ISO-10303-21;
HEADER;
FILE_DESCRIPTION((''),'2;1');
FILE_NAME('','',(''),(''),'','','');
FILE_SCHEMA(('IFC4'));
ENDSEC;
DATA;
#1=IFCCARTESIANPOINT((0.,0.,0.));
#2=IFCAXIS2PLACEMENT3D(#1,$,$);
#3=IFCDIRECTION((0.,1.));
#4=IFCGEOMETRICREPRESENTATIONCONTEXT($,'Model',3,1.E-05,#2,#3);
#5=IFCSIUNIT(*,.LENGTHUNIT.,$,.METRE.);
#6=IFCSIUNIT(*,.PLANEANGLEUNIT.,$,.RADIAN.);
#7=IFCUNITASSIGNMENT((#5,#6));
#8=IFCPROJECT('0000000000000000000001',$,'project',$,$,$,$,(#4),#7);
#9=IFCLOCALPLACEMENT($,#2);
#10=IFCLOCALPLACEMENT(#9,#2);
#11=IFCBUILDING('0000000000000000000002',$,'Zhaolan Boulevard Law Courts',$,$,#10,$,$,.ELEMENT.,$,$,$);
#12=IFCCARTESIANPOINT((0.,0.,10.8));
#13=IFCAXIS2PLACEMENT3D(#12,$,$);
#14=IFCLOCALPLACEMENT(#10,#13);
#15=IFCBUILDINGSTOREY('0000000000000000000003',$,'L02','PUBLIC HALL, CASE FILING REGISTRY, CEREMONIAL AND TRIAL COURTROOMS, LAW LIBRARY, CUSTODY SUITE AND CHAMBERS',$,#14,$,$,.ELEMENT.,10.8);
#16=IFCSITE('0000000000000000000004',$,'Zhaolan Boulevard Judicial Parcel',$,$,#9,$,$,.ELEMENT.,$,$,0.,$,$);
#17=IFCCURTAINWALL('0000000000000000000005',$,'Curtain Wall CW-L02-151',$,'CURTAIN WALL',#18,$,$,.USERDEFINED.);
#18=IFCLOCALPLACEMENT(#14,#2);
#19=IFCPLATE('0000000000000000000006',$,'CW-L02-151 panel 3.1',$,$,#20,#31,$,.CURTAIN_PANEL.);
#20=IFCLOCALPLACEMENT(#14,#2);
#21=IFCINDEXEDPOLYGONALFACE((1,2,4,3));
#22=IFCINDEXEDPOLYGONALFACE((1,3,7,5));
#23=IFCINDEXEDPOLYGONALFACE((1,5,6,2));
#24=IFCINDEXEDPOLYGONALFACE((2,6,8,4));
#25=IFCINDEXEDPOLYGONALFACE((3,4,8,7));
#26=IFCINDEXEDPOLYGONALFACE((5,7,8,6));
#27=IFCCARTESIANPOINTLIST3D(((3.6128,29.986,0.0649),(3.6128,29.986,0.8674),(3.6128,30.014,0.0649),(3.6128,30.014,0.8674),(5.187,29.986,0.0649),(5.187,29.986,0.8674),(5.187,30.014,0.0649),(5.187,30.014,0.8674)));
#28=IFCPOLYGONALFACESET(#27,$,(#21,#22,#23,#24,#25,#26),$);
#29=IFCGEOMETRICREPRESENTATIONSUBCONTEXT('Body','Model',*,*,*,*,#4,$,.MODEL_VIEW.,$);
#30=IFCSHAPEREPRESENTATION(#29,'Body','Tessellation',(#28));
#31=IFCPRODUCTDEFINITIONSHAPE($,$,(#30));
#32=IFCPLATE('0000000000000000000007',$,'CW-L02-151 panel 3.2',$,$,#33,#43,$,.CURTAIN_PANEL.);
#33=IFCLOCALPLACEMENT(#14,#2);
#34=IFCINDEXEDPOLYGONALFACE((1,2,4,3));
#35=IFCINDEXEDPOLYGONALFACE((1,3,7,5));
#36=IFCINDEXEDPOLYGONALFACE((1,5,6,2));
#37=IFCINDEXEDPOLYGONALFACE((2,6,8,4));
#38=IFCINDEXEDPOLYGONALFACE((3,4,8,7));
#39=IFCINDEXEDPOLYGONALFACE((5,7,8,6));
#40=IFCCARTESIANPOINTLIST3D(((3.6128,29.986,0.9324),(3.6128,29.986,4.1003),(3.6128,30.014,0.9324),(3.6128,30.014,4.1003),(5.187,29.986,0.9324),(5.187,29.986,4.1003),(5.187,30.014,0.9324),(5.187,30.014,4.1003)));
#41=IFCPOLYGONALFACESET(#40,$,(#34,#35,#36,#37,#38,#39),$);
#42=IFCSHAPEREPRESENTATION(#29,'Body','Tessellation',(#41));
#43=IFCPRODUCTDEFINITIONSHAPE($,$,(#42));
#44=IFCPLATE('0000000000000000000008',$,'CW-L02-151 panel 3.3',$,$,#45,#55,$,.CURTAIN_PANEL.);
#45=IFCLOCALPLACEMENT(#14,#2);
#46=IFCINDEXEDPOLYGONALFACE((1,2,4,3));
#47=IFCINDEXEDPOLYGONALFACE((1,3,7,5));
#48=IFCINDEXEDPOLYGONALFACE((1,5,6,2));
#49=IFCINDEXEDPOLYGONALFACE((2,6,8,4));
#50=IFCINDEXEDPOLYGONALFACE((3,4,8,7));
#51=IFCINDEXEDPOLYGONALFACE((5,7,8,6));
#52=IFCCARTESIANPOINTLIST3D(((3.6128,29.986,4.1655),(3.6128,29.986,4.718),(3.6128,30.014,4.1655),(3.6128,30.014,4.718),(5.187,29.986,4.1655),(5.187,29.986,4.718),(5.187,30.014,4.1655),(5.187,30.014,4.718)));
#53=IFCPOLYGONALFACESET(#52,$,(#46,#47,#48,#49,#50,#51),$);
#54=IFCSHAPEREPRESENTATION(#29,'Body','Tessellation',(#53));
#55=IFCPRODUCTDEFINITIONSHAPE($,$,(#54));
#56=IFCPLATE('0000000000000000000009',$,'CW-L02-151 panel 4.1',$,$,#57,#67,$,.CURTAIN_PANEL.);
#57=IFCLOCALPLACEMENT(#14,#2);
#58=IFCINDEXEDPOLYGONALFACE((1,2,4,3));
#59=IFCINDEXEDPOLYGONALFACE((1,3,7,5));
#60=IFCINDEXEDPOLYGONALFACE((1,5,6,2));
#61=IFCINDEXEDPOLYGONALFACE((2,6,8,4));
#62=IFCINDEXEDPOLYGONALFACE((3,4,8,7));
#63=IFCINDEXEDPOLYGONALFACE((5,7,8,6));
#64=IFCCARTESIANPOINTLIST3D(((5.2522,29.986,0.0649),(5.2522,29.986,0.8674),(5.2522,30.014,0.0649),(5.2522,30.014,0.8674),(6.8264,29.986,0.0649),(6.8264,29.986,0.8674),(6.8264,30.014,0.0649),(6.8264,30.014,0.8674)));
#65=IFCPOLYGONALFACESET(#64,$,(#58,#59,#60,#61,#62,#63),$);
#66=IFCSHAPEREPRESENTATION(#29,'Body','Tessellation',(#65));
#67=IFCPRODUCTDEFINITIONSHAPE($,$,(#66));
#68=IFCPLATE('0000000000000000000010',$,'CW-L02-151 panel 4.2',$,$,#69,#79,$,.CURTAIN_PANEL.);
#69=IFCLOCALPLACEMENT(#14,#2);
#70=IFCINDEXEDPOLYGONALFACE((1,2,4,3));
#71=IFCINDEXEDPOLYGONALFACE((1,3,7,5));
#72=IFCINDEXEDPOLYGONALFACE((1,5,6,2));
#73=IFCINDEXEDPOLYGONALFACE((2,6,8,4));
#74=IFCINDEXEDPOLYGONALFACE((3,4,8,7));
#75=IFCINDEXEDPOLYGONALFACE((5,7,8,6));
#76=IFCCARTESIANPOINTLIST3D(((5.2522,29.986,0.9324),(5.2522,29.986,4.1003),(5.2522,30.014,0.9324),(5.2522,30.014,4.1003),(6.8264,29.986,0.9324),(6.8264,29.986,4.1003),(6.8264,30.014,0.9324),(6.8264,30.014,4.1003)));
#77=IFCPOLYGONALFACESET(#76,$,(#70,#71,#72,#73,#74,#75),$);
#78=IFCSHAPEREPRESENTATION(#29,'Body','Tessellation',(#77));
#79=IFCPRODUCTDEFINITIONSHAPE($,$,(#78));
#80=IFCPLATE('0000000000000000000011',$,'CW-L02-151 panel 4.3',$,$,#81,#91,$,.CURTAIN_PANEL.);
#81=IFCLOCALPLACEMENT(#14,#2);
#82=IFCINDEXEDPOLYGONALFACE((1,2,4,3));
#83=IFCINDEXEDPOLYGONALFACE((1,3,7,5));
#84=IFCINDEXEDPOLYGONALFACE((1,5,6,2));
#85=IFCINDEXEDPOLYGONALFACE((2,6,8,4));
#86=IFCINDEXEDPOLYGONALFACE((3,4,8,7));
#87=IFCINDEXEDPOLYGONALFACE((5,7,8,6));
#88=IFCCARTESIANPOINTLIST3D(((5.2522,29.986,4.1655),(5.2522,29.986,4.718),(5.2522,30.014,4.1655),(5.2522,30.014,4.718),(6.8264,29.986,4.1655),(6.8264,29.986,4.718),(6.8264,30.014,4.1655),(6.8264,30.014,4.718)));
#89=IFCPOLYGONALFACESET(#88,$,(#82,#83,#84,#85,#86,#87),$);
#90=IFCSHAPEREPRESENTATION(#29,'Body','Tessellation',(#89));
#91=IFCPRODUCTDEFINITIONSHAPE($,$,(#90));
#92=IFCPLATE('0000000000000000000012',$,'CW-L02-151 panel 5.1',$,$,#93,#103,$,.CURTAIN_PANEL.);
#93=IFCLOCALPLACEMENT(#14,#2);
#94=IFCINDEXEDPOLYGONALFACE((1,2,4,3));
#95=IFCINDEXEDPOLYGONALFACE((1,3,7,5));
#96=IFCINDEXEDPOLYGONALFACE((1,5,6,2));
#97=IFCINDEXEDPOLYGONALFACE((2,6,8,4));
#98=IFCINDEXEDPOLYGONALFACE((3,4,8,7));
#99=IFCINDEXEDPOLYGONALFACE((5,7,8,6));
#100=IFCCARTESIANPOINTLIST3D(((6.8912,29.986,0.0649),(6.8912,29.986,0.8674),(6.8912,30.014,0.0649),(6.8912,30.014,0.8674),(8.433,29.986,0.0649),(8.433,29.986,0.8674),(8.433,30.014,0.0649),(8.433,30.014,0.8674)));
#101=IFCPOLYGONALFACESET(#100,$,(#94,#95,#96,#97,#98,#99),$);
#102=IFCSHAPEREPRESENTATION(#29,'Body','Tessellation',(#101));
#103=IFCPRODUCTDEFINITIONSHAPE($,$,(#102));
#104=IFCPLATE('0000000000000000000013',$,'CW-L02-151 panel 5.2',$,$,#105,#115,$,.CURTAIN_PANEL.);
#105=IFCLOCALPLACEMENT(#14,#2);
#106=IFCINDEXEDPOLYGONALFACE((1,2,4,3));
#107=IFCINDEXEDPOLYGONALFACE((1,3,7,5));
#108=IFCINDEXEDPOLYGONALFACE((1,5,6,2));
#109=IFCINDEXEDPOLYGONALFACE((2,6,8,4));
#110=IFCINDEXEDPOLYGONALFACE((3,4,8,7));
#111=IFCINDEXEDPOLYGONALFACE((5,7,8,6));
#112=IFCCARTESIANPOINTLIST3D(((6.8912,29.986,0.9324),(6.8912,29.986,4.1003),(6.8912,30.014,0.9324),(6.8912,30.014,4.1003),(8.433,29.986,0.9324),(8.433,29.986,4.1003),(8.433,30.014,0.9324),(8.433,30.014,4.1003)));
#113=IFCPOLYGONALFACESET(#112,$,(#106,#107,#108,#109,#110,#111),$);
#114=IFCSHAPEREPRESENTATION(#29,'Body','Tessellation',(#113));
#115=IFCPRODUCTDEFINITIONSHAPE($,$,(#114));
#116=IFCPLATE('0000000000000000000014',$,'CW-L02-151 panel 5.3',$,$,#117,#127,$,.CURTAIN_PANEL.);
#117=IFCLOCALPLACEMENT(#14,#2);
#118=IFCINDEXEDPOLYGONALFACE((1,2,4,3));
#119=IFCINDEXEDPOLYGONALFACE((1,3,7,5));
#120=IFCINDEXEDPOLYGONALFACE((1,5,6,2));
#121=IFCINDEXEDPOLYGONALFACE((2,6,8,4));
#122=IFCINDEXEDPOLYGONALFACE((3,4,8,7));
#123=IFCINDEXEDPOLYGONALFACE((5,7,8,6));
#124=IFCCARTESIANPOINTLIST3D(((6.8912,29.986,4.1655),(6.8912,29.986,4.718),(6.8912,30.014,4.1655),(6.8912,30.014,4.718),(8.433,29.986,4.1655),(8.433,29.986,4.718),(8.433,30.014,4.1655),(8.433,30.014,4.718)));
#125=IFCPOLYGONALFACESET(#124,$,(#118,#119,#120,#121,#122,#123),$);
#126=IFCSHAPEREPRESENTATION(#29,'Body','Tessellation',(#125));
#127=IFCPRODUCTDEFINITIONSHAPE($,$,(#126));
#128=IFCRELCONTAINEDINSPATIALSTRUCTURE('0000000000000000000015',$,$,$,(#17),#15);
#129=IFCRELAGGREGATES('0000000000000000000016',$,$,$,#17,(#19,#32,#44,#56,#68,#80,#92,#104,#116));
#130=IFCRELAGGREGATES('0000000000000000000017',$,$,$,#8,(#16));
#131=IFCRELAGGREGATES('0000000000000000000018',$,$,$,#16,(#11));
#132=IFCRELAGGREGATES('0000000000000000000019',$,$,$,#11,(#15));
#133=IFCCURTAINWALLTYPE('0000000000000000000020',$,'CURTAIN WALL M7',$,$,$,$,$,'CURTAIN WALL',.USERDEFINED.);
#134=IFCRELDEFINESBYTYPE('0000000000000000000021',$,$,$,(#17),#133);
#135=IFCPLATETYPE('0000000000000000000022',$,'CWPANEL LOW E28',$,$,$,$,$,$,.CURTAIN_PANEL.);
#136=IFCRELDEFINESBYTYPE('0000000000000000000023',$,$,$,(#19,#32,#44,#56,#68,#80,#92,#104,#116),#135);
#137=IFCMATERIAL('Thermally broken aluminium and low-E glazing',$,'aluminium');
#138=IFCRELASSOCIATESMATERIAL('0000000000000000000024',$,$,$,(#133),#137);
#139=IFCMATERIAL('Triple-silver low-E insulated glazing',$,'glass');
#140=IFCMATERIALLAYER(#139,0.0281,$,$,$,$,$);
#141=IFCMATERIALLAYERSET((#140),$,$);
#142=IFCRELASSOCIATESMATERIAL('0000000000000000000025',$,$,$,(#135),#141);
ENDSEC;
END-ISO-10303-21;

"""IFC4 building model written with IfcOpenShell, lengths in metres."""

from ifc_helpers import new_model, si_unit, direction, frame, origin, origin_2d, place, context, subcontext, project, spatial, rectangle, extrude, material, layer, layer_set, type_object, element, aggregate, save


model = new_model("IFC4")

# Units and contexts
model_context = context("Model", 3, precision=1e-05, world=origin(), true_north=direction((0.0, 1.0)))
body_context = subcontext(model_context, "Body", "Model", "MODEL_VIEW")
ifc_project = project(units=[si_unit("LENGTHUNIT", "METRE"), si_unit("PLANEANGLEUNIT", "RADIAN")], contexts=[model_context])

# Site, building, storey
site_placement = place(None, origin())
site = spatial("IfcSite", under=ifc_project, at=site_placement, Name="Zhaolan Boulevard Judicial Parcel", CompositionType="ELEMENT", RefElevation=0.0)
building_placement = place(site_placement, origin())
building = spatial("IfcBuilding", under=site, at=building_placement, Name="Zhaolan Boulevard Law Courts", CompositionType="ELEMENT")
storey_placement = place(building_placement, frame((0.0, 0.0, 10.8)))
storey = spatial("IfcBuildingStorey", under=building, at=storey_placement, Name="L02", Description="PUBLIC HALL, CASE FILING REGISTRY, CEREMONIAL AND TRIAL COURTROOMS, LAW LIBRARY, CUSTODY SUITE AND CHAMBERS", CompositionType="ELEMENT", Elevation=10.8)

# Curtain wall, plates
ifc_material_1 = material(Name="Thermally broken aluminium and low-E glazing", Category="aluminium")
curtain_wall_type = type_object("IfcCurtainWallType", Name="CURTAIN WALL M7", ElementType="CURTAIN WALL", PredefinedType="USERDEFINED", material=ifc_material_1)
curtain_wall_placement = place(storey_placement, origin())
curtain_wall = element("IfcCurtainWall", 1, at=curtain_wall_placement, inside=storey, type_object=curtain_wall_type, Name="Curtain Wall CW-L02-151", ObjectType="CURTAIN WALL", PredefinedType="USERDEFINED")
ifc_material_2 = material(Name="Triple-silver low-E insulated glazing", Category="glass")
ifc_layer = layer(ifc_material_2, 0.0281)
ifc_layer_set = layer_set([ifc_layer])
plate_type = type_object("IfcPlateType", Name="CWPANEL LOW E28", PredefinedType="CURTAIN_PANEL", material=ifc_layer_set)
plate_1_placement = place(storey_placement, frame((4.3999, 30.0, 0.0649), z_axis=(0.0, 0.0, 1.0), x_axis=(1.0, 0.0, 0.0)))
plate_1 = element("IfcPlate", 2, at=plate_1_placement, type_object=plate_type, Name="CW-L02-151 panel 3.1", PredefinedType="CURTAIN_PANEL", context=body_context, shape_type="SweptSolid", body=[
    extrude(rectangle(XDim=1.5742, YDim=0.0281, at=origin_2d()), origin(), (0.0, 0.0, 1.0), 0.8025),
])
plate_2_placement = place(storey_placement, frame((4.3999, 30.0, 0.9324), z_axis=(0.0, 0.0, 1.0), x_axis=(1.0, 0.0, 0.0)))
plate_2 = element("IfcPlate", 3, at=plate_2_placement, type_object=plate_type, Name="CW-L02-151 panel 3.2", PredefinedType="CURTAIN_PANEL", context=body_context, shape_type="SweptSolid", body=[
    extrude(rectangle(XDim=1.5742, YDim=0.0281, at=origin_2d()), origin(), (0.0, 0.0, 1.0), 3.168),
])
plate_3_placement = place(storey_placement, frame((4.3999, 30.0, 4.1655), z_axis=(0.0, 0.0, 1.0), x_axis=(1.0, 0.0, 0.0)))
plate_3 = element("IfcPlate", 4, at=plate_3_placement, type_object=plate_type, Name="CW-L02-151 panel 3.3", PredefinedType="CURTAIN_PANEL", context=body_context, shape_type="SweptSolid", body=[
    extrude(rectangle(XDim=1.5742, YDim=0.0281, at=origin_2d()), origin(), (0.0, 0.0, 1.0), 0.5525),
])
plate_4_placement = place(storey_placement, frame((6.0393, 30.0, 0.0649), z_axis=(0.0, 0.0, 1.0), x_axis=(1.0, 0.0, 0.0)))
plate_4 = element("IfcPlate", 5, at=plate_4_placement, type_object=plate_type, Name="CW-L02-151 panel 4.1", PredefinedType="CURTAIN_PANEL", context=body_context, shape_type="SweptSolid", body=[
    extrude(rectangle(XDim=1.5742, YDim=0.0281, at=origin_2d()), origin(), (0.0, 0.0, 1.0), 0.8025),
])
plate_5_placement = place(storey_placement, frame((6.0393, 30.0, 0.9324), z_axis=(0.0, 0.0, 1.0), x_axis=(1.0, 0.0, 0.0)))
plate_5 = element("IfcPlate", 6, at=plate_5_placement, type_object=plate_type, Name="CW-L02-151 panel 4.2", PredefinedType="CURTAIN_PANEL", context=body_context, shape_type="SweptSolid", body=[
    extrude(rectangle(XDim=1.5742, YDim=0.0281, at=origin_2d()), origin(), (0.0, 0.0, 1.0), 3.168),
])
plate_6_placement = place(storey_placement, frame((6.0393, 30.0, 4.1655), z_axis=(0.0, 0.0, 1.0), x_axis=(1.0, 0.0, 0.0)))
plate_6 = element("IfcPlate", 7, at=plate_6_placement, type_object=plate_type, Name="CW-L02-151 panel 4.3", PredefinedType="CURTAIN_PANEL", context=body_context, shape_type="SweptSolid", body=[
    extrude(rectangle(XDim=1.5742, YDim=0.0281, at=origin_2d()), origin(), (0.0, 0.0, 1.0), 0.5525),
])
plate_7_placement = place(storey_placement, frame((7.6621, 30.0, 0.0649), z_axis=(0.0, 0.0, 1.0), x_axis=(1.0, 0.0, 0.0)))
plate_7 = element("IfcPlate", 8, at=plate_7_placement, type_object=plate_type, Name="CW-L02-151 panel 5.1", PredefinedType="CURTAIN_PANEL", context=body_context, shape_type="SweptSolid", body=[
    extrude(rectangle(XDim=1.5417, YDim=0.0281, at=origin_2d()), origin(), (0.0, 0.0, 1.0), 0.8025),
])
plate_8_placement = place(storey_placement, frame((7.6621, 30.0, 0.9324), z_axis=(0.0, 0.0, 1.0), x_axis=(1.0, 0.0, 0.0)))
plate_8 = element("IfcPlate", 9, at=plate_8_placement, type_object=plate_type, Name="CW-L02-151 panel 5.2", PredefinedType="CURTAIN_PANEL", context=body_context, shape_type="SweptSolid", body=[
    extrude(rectangle(XDim=1.5417, YDim=0.0281, at=origin_2d()), origin(), (0.0, 0.0, 1.0), 3.168),
])
plate_9_placement = place(storey_placement, frame((7.6621, 30.0, 4.1655), z_axis=(0.0, 0.0, 1.0), x_axis=(1.0, 0.0, 0.0)))
plate_9 = element("IfcPlate", 10, at=plate_9_placement, type_object=plate_type, Name="CW-L02-151 panel 5.3", PredefinedType="CURTAIN_PANEL", context=body_context, shape_type="SweptSolid", body=[
    extrude(rectangle(XDim=1.5417, YDim=0.0281, at=origin_2d()), origin(), (0.0, 0.0, 1.0), 0.5525),
])
aggregate(curtain_wall, [plate_1, plate_2, plate_3, plate_4, plate_5, plate_6, plate_7, plate_8, plate_9])

save(model, "model.ifc")
